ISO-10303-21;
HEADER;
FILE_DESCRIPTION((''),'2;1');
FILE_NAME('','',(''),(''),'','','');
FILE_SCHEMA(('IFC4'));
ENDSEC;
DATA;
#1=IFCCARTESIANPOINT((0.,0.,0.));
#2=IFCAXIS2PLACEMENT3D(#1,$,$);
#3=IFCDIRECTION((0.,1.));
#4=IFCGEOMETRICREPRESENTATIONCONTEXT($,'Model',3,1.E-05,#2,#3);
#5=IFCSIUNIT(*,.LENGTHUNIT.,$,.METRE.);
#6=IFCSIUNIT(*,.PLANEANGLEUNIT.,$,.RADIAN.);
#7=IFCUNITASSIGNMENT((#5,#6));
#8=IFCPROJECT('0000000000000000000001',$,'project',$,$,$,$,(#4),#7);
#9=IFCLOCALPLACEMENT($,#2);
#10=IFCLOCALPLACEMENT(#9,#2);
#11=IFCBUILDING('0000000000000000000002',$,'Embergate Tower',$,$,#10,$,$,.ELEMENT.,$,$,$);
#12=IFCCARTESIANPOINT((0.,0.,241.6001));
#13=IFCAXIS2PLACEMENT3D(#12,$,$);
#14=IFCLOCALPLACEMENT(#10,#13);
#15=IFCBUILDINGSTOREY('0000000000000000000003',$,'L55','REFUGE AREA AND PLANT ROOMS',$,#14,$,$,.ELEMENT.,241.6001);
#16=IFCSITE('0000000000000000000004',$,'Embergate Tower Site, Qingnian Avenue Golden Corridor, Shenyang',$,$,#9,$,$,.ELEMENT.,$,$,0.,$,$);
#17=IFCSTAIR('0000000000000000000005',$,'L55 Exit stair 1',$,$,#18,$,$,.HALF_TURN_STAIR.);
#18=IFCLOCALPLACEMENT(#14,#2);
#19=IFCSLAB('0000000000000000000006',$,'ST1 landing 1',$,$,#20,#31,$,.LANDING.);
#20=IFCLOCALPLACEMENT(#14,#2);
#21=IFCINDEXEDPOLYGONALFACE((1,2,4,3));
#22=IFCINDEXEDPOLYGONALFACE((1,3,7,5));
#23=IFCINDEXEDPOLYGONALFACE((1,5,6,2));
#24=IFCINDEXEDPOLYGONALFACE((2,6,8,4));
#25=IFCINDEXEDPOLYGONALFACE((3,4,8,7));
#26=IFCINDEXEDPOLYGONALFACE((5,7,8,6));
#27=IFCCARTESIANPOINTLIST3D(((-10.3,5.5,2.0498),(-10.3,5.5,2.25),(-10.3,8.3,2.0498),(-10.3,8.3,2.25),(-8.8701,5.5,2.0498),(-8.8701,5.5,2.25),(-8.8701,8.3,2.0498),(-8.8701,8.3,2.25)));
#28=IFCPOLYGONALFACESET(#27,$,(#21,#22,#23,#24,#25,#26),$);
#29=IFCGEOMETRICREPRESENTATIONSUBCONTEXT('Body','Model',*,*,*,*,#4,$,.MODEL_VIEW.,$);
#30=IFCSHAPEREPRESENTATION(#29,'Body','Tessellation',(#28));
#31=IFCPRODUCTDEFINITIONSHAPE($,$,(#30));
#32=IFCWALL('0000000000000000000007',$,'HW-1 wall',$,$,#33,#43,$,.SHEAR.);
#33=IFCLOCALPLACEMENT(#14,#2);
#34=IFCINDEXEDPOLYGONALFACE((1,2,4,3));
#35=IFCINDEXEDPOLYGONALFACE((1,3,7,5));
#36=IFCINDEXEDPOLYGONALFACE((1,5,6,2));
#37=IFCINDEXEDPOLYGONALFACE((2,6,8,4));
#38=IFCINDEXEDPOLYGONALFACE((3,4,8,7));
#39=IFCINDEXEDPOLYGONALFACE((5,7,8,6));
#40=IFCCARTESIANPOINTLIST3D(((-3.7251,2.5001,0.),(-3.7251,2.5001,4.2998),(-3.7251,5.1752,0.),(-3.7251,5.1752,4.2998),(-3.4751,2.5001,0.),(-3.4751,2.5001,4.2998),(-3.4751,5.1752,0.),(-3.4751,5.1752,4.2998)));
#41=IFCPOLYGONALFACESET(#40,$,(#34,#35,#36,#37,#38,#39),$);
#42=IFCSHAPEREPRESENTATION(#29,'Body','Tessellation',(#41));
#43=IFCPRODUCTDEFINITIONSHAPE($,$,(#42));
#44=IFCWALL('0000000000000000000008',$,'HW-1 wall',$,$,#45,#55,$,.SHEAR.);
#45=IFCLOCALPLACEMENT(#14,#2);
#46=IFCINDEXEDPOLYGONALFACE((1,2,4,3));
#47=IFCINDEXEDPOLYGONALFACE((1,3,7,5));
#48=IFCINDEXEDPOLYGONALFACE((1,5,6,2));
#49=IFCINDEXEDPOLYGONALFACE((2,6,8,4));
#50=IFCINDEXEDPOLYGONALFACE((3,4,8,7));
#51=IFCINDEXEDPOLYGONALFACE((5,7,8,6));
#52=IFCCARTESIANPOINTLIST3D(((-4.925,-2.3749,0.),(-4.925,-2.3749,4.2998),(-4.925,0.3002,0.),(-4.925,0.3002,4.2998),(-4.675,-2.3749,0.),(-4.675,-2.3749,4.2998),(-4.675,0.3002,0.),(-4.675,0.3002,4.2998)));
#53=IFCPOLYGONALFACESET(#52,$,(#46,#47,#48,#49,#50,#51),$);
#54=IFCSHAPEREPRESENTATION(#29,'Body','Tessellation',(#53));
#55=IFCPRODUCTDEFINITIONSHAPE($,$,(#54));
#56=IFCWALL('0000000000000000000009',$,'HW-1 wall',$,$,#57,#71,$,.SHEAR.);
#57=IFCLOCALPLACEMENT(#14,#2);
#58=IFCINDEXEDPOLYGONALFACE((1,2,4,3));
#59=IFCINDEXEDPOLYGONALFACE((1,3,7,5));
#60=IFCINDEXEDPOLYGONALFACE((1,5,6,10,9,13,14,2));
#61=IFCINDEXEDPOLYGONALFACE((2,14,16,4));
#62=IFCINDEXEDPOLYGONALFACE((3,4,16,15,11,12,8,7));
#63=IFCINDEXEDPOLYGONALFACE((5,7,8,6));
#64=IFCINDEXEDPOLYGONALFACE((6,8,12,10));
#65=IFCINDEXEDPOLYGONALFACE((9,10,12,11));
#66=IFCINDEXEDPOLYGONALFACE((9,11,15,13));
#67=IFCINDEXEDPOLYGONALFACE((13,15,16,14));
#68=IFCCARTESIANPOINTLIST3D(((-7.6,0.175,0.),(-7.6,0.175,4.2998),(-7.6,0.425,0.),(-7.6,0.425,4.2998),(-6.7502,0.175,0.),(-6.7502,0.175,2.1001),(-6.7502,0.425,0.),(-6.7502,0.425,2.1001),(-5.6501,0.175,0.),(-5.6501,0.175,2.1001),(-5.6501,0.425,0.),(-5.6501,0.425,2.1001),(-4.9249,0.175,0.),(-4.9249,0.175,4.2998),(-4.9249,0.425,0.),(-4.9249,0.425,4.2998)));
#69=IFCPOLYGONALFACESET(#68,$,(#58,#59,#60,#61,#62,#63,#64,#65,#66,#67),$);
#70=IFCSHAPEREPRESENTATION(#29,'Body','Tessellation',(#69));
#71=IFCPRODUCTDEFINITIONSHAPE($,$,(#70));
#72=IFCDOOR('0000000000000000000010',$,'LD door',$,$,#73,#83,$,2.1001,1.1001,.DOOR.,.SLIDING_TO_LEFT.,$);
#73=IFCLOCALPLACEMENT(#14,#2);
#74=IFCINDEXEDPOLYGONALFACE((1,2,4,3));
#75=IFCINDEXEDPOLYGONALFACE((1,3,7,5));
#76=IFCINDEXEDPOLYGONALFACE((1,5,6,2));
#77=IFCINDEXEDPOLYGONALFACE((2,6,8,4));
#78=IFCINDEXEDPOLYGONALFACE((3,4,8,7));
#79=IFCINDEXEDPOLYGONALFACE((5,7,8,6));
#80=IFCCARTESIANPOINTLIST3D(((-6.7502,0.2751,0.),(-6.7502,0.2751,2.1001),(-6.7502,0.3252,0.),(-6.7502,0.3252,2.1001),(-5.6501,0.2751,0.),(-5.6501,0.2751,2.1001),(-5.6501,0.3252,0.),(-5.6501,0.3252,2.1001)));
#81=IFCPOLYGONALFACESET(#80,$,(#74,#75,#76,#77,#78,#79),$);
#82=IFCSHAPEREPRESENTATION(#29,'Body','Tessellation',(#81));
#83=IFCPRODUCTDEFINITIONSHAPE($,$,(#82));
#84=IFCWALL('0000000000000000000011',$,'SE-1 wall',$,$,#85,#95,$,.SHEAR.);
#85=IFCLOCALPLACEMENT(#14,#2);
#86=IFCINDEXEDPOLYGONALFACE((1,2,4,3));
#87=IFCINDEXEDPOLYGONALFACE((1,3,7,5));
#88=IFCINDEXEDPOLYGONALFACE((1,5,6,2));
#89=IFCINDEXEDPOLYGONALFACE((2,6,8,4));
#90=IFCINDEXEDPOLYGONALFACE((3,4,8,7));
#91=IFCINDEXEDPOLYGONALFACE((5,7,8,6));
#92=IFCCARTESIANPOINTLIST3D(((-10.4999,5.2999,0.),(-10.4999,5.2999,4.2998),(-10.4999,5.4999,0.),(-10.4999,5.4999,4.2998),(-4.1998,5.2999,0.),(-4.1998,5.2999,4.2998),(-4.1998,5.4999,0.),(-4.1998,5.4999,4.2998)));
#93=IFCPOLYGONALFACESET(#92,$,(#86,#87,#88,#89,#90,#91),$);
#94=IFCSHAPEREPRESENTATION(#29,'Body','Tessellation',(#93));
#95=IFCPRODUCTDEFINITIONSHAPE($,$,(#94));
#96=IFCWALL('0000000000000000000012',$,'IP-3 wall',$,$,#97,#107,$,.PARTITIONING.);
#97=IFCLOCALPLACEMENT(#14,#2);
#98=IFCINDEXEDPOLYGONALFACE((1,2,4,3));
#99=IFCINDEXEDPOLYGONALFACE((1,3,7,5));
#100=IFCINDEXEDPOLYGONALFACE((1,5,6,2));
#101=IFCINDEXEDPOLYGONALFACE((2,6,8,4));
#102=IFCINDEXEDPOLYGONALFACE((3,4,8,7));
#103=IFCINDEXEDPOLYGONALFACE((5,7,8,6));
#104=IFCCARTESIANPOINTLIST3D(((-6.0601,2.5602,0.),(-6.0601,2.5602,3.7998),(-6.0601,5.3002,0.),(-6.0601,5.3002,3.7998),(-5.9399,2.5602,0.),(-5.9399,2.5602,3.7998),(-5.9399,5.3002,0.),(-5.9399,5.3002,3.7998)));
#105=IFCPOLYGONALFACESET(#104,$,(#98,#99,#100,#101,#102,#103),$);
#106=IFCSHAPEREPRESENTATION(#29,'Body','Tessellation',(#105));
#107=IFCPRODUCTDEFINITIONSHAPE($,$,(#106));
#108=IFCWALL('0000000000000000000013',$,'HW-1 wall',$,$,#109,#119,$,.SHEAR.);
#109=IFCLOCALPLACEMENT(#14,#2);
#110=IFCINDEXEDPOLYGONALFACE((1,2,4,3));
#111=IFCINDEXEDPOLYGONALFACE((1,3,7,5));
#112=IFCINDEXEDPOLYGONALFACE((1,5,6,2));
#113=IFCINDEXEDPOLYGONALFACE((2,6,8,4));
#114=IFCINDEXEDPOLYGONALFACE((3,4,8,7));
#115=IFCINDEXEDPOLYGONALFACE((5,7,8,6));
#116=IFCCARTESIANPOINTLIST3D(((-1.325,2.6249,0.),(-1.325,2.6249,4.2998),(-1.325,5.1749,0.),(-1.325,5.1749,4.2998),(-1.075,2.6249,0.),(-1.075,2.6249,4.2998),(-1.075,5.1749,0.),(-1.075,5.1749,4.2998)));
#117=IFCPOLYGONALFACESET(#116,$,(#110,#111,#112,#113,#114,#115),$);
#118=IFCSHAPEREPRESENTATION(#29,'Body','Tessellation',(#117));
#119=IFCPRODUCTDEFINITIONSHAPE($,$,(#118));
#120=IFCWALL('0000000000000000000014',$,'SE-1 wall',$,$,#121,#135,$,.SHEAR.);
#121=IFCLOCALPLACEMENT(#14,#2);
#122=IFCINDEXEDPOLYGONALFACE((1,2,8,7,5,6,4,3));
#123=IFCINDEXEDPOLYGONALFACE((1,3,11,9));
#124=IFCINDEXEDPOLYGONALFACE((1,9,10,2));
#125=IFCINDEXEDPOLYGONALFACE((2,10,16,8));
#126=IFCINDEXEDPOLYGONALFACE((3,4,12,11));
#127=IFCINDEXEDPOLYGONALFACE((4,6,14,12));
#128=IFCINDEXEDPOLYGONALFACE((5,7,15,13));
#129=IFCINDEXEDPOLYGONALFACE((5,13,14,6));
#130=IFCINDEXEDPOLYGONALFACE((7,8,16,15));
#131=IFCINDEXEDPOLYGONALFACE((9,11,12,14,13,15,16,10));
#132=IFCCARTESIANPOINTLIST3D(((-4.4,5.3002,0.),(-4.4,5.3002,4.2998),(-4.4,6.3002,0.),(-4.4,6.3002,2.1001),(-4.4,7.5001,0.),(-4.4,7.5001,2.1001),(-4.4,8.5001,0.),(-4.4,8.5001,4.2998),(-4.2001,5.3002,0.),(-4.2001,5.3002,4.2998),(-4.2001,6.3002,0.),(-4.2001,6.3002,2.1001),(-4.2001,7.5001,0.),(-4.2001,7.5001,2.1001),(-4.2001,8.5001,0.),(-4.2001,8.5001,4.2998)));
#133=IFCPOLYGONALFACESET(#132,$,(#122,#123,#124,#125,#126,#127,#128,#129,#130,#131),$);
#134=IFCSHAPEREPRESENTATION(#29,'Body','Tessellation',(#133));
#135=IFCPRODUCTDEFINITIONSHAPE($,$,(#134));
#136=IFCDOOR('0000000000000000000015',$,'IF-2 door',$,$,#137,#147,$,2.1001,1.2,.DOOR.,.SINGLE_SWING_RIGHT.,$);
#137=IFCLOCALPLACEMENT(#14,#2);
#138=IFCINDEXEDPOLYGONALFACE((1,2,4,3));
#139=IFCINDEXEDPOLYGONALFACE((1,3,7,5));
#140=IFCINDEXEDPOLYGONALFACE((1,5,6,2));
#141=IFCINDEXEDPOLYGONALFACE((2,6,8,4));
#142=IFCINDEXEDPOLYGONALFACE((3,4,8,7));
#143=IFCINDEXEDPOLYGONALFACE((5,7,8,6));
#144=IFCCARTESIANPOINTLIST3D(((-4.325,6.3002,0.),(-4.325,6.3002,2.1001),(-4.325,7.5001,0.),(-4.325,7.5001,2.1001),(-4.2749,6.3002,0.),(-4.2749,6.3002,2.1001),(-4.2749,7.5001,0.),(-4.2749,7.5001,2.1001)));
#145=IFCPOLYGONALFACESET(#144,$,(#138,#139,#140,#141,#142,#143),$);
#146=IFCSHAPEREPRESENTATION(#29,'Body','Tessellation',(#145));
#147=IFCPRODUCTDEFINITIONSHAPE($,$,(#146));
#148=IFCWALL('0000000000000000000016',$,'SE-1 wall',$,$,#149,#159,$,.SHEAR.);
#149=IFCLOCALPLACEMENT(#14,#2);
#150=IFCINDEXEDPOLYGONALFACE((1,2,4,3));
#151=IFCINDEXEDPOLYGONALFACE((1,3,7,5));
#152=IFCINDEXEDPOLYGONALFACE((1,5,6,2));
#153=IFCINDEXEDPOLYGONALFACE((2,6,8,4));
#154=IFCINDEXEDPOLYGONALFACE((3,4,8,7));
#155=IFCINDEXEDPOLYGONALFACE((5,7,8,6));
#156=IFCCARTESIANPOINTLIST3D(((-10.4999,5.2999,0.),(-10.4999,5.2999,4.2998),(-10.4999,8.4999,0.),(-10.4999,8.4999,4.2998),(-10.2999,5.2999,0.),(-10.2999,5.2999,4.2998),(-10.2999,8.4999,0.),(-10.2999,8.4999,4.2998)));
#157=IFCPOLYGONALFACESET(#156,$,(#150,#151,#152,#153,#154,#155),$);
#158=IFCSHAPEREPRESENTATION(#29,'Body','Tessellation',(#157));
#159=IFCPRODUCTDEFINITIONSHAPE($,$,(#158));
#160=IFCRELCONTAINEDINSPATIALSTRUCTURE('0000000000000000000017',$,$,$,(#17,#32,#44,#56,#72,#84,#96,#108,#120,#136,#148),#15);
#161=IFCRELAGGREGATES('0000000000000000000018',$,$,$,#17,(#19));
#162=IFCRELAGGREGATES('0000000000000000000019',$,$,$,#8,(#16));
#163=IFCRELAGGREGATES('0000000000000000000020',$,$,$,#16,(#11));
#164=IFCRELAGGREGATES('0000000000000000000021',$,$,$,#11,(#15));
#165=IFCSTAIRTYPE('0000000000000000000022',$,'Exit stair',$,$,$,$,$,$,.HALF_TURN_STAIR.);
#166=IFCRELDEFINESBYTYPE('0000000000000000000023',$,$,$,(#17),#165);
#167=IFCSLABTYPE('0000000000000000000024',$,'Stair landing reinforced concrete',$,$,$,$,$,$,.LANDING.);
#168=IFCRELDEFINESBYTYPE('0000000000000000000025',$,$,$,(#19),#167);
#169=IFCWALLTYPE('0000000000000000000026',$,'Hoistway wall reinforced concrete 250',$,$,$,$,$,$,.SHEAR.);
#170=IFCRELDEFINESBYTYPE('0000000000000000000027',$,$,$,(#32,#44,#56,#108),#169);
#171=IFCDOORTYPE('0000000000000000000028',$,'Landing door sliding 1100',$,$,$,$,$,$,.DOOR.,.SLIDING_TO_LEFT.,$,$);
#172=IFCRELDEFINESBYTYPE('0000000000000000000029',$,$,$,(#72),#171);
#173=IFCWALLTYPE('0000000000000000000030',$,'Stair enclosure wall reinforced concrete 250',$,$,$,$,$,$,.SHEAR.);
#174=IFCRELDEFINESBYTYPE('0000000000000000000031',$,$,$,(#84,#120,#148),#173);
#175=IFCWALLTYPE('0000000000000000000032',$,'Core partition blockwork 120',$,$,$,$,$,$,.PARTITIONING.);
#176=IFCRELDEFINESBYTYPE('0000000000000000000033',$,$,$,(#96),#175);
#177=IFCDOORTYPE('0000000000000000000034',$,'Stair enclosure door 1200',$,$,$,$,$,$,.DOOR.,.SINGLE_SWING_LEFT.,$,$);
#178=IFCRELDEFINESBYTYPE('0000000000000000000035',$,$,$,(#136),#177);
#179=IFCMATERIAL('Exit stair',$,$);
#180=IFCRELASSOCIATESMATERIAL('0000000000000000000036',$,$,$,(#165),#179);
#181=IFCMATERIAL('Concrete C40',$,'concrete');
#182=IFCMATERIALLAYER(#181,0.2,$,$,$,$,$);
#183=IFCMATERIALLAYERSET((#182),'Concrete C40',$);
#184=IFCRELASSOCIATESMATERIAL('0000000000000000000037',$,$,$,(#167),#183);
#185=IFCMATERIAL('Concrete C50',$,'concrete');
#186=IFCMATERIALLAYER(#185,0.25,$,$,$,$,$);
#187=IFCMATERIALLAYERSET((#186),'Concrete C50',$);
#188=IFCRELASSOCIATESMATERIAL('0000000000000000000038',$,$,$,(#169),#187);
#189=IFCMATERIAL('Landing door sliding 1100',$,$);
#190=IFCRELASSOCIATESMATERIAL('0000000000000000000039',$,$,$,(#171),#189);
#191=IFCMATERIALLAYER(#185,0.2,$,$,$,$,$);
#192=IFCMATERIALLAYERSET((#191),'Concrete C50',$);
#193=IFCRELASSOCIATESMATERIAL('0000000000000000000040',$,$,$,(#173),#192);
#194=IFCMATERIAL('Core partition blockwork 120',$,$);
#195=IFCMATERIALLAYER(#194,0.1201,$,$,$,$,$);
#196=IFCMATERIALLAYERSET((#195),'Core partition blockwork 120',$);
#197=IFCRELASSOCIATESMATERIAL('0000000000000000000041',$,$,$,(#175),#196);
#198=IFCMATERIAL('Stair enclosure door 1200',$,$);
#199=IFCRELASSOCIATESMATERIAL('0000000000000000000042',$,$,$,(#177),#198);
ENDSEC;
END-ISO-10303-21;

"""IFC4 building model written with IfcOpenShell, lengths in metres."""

from ifc_helpers import new_model, si_unit, direction, frame, frame_2d, origin, place, context, subcontext, project, spatial, polyline, rectangle, outline, extrude, source, transform, mapped, material, layer, layer_set, type_object, element, fill, aggregate, save


model = new_model("IFC4")

# Units and contexts
model_context = context("Model", 3, precision=1e-05, world=origin(), true_north=direction((0.0, 1.0)))
body_context = subcontext(model_context, "Body", "Model", "MODEL_VIEW")
ifc_project = project(units=[si_unit("LENGTHUNIT", "METRE"), si_unit("PLANEANGLEUNIT", "RADIAN")], contexts=[model_context])

# Site, building, storey
site_placement = place(None, origin())
site = spatial("IfcSite", under=ifc_project, at=site_placement, Name="Embergate Tower Site, Qingnian Avenue Golden Corridor, Shenyang", CompositionType="ELEMENT", RefElevation=0.0)
building_placement = place(site_placement, origin())
building = spatial("IfcBuilding", under=site, at=building_placement, Name="Embergate Tower", CompositionType="ELEMENT")
storey_placement = place(building_placement, frame((0.0, 0.0, 241.6001)))
storey = spatial("IfcBuildingStorey", under=building, at=storey_placement, Name="L55", Description="REFUGE AREA AND PLANT ROOMS", CompositionType="ELEMENT", Elevation=241.6001)

# Stair, slab
ifc_material_1 = material(Name="Exit stair")
stair_type = type_object("IfcStairType", Name="Exit stair", PredefinedType="HALF_TURN_STAIR", material=ifc_material_1)
stair_placement = place(storey_placement, origin())
stair = element("IfcStair", 1, at=stair_placement, inside=storey, type_object=stair_type, Name="L55 Exit stair 1", PredefinedType="HALF_TURN_STAIR")
ifc_material_2 = material(Name="Concrete C40", Category="concrete")
ifc_layer_1 = layer(ifc_material_2, 0.2)
ifc_layer_set_1 = layer_set([ifc_layer_1], Name="Concrete C40")
slab_type = type_object("IfcSlabType", Name="Stair landing reinforced concrete", PredefinedType="LANDING", material=ifc_layer_set_1)
shared_shape_1 = source(origin(), body_context, "Body", "SweptSolid", [
    extrude(outline(polyline([(0.0, 0.0), (1.4299, 0.0), (1.4299, 2.8), (0.0, 2.8), (0.0, 0.0)])), origin(), (0.0, 0.0, 1.0), 0.2002),
])
slab_placement = place(storey_placement, frame((-10.3, 5.5, 2.0498)))
slab = element("IfcSlab", 2, at=slab_placement, type_object=slab_type, Name="ST1 landing 1", PredefinedType="LANDING", context=body_context, shape_type="MappedRepresentation", body=[
    mapped(shared_shape_1, transform((0.0, 0.0, 0.0))),
])

# Walls
ifc_material_3 = material(Name="Concrete C50", Category="concrete")
ifc_layer_2 = layer(ifc_material_3, 0.25)
ifc_layer_set_2 = layer_set([ifc_layer_2], Name="Concrete C50")
wall_type_1 = type_object("IfcWallType", Name="Hoistway wall reinforced concrete 250", PredefinedType="SHEAR", material=ifc_layer_set_2)
shared_shape_2 = source(origin(), body_context, "Body", "SweptSolid", [
    extrude(rectangle(XDim=2.675, YDim=0.25, at=frame_2d((1.3374, 0.0))), origin(), (0.0, 0.0, 1.0), 4.2998),
])
for number, where, z_axis, x_axis, name in (
    (3, (-3.6001, 5.175, 0.0), (0.0, 0.0, 1.0), (0.0, -1.0, 0.0), "HW-1 wall"),
    (4, (-4.8, 0.3, 0.0), (0.0, 0.0, 1.0), (0.0, -1.0, 0.0), "HW-1 wall"),
):
    element("IfcWall", number, at=place(storey_placement, frame(where, z_axis=z_axis, x_axis=x_axis)), inside=storey, type_object=wall_type_1, Name=name, PredefinedType="SHEAR", context=body_context, shape_type="MappedRepresentation", body=[
        mapped(shared_shape_2, transform((0.0, 0.0, 0.0))),
    ])

# Wall, opening, door
wall_1_placement = place(storey_placement, frame((-4.925, 0.3, 0.0), z_axis=(0.0, 0.0, 1.0), x_axis=(-1.0, 0.0, 0.0)))
wall_1 = element("IfcWall", 5, at=wall_1_placement, inside=storey, type_object=wall_type_1, Name="HW-1 wall", PredefinedType="SHEAR", context=body_context, shape_type="MappedRepresentation", body=[
    mapped(shared_shape_2, transform((0.0, 0.0, 0.0))),
])
shared_shape_3 = source(origin(), body_context, "Body", "SweptSolid", [
    extrude(rectangle(XDim=1.1001, YDim=2.1001, at=frame_2d((0.55, 1.05))), frame((0.0, 0.135, 0.0), z_axis=(0.0, -1.0, 0.0), x_axis=(1.0, 0.0, 0.0)), (0.0, 0.0, 1.0), 0.27),
])
opening_1_placement = place(wall_1_placement, frame((0.7251, 0.0, 0.0)))
opening_1 = element("IfcOpeningElement", 6, at=opening_1_placement, cuts=wall_1, PredefinedType="OPENING", context=body_context, shape_type="MappedRepresentation", body=[
    mapped(shared_shape_3, transform((0.0, 0.0, 0.0))),
])
ifc_material_4 = material(Name="Landing door sliding 1100")
door_type_1 = type_object("IfcDoorType", Name="Landing door sliding 1100", OperationType="SLIDING_TO_LEFT", PredefinedType="DOOR", material=ifc_material_4)
shared_shape_4 = source(origin(), body_context, "Body", "SweptSolid", [
    extrude(rectangle(XDim=1.1001, YDim=2.1001, at=frame_2d((0.55, 1.05))), frame((0.0, 0.0249, 0.0), z_axis=(0.0, -1.0, 0.0), x_axis=(1.0, 0.0, 0.0)), (0.0, 0.0, 1.0), 0.05),
])
door_1_placement = place(opening_1_placement, origin())
door_1 = element("IfcDoor", 7, at=door_1_placement, inside=storey, type_object=door_type_1, Name="LD door", OperationType="SLIDING_TO_LEFT", OverallHeight=2.1001, OverallWidth=1.1001, PredefinedType="DOOR", context=body_context, shape_type="MappedRepresentation", body=[
    mapped(shared_shape_4, transform((0.0, 0.0, 0.0))),
])
fill(opening_1, door_1)

# Walls
ifc_layer_3 = layer(ifc_material_3, 0.2)
ifc_layer_set_3 = layer_set([ifc_layer_3], Name="Concrete C50")
wall_type_2 = type_object("IfcWallType", Name="Stair enclosure wall reinforced concrete 250", PredefinedType="SHEAR", material=ifc_layer_set_3)
shared_shape_5 = source(origin(), body_context, "Body", "SweptSolid", [
    extrude(rectangle(XDim=6.3, YDim=0.2, at=frame_2d((3.1499, 0.0))), origin(), (0.0, 0.0, 1.0), 4.2998),
])
wall_2_placement = place(storey_placement, frame((-4.2, 5.3999, 0.0), z_axis=(0.0, 0.0, 1.0), x_axis=(-1.0, 0.0, 0.0)))
element("IfcWall", 8, at=wall_2_placement, inside=storey, type_object=wall_type_2, Name="SE-1 wall", PredefinedType="SHEAR", context=body_context, shape_type="MappedRepresentation", body=[
    mapped(shared_shape_5, transform((0.0, 0.0, 0.0))),
])
ifc_material_5 = material(Name="Core partition blockwork 120")
ifc_layer_4 = layer(ifc_material_5, 0.1201)
ifc_layer_set_4 = layer_set([ifc_layer_4], Name="Core partition blockwork 120")
wall_type_3 = type_object("IfcWallType", Name="Core partition blockwork 120", PredefinedType="PARTITIONING", material=ifc_layer_set_4)
shared_shape_6 = source(origin(), body_context, "Body", "SweptSolid", [
    extrude(rectangle(XDim=2.74, YDim=0.1201, at=frame_2d((1.3701, 0.0))), origin(), (0.0, 0.0, 1.0), 3.7998),
])
wall_3_placement = place(storey_placement, frame((-6.0, 2.5601, 0.0), z_axis=(0.0, 0.0, 1.0), x_axis=(0.0, 1.0, 0.0)))
element("IfcWall", 9, at=wall_3_placement, inside=storey, type_object=wall_type_3, Name="IP-3 wall", PredefinedType="PARTITIONING", context=body_context, shape_type="MappedRepresentation", body=[
    mapped(shared_shape_6, transform((0.0, 0.0, 0.0))),
])
shared_shape_7 = source(origin(), body_context, "Body", "SweptSolid", [
    extrude(rectangle(XDim=2.55, YDim=0.25, at=frame_2d((1.2749, 0.0))), origin(), (0.0, 0.0, 1.0), 4.2998),
])
wall_4_placement = place(storey_placement, frame((-1.2, 2.625, 0.0), z_axis=(0.0, 0.0, 1.0), x_axis=(0.0, 1.0, 0.0)))
element("IfcWall", 10, at=wall_4_placement, inside=storey, type_object=wall_type_1, Name="HW-1 wall", PredefinedType="SHEAR", context=body_context, shape_type="MappedRepresentation", body=[
    mapped(shared_shape_7, transform((0.0, 0.0, 0.0))),
])

# Wall, opening, door
shared_shape_8 = source(origin(), body_context, "Body", "SweptSolid", [
    extrude(rectangle(XDim=3.2, YDim=0.2, at=frame_2d((1.6001, 0.0))), origin(), (0.0, 0.0, 1.0), 4.2998),
])
wall_5_placement = place(storey_placement, frame((-4.3, 5.3, 0.0), z_axis=(0.0, 0.0, 1.0), x_axis=(0.0, 1.0, 0.0)))
wall_5 = element("IfcWall", 11, at=wall_5_placement, inside=storey, type_object=wall_type_2, Name="SE-1 wall", PredefinedType="SHEAR", context=body_context, shape_type="MappedRepresentation", body=[
    mapped(shared_shape_8, transform((0.0, 0.0, 0.0))),
])
shared_shape_9 = source(origin(), body_context, "Body", "SweptSolid", [
    extrude(rectangle(XDim=1.2, YDim=2.1001, at=frame_2d((0.6001, 1.05))), frame((0.0, 0.1099, 0.0), z_axis=(0.0, -1.0, 0.0), x_axis=(1.0, 0.0, 0.0)), (0.0, 0.0, 1.0), 0.22),
])
opening_2_placement = place(wall_5_placement, frame((1.0, 0.0, 0.0)))
opening_2 = element("IfcOpeningElement", 12, at=opening_2_placement, cuts=wall_5, PredefinedType="OPENING", context=body_context, shape_type="MappedRepresentation", body=[
    mapped(shared_shape_9, transform((0.0, 0.0, 0.0))),
])
ifc_material_6 = material(Name="Stair enclosure door 1200")
door_type_2 = type_object("IfcDoorType", Name="Stair enclosure door 1200", OperationType="SINGLE_SWING_LEFT", PredefinedType="DOOR", material=ifc_material_6)
shared_shape_10 = source(origin(), body_context, "Body", "SweptSolid", [
    extrude(rectangle(XDim=1.2, YDim=2.1001, at=frame_2d((0.6001, 1.05))), frame((0.0, 0.0249, 0.0), z_axis=(0.0, -1.0, 0.0), x_axis=(1.0, 0.0, 0.0)), (0.0, 0.0, 1.0), 0.05),
])
door_2_placement = place(opening_2_placement, origin())
door_2 = element("IfcDoor", 13, at=door_2_placement, inside=storey, type_object=door_type_2, Name="IF-2 door", OperationType="SINGLE_SWING_RIGHT", OverallHeight=2.1001, OverallWidth=1.2, PredefinedType="DOOR", context=body_context, shape_type="MappedRepresentation", body=[
    mapped(shared_shape_10, transform((0.0, 0.0, 0.0))),
])
fill(opening_2, door_2)

# Wall
wall_6_placement = place(storey_placement, frame((-10.3999, 8.5, 0.0), z_axis=(0.0, 0.0, 1.0), x_axis=(0.0, -1.0, 0.0)))
element("IfcWall", 14, at=wall_6_placement, inside=storey, type_object=wall_type_2, Name="SE-1 wall", PredefinedType="SHEAR", context=body_context, shape_type="MappedRepresentation", body=[
    mapped(shared_shape_8, transform((0.0, 0.0, 0.0))),
])

aggregate(stair, [slab])

save(model, "model.ifc")
